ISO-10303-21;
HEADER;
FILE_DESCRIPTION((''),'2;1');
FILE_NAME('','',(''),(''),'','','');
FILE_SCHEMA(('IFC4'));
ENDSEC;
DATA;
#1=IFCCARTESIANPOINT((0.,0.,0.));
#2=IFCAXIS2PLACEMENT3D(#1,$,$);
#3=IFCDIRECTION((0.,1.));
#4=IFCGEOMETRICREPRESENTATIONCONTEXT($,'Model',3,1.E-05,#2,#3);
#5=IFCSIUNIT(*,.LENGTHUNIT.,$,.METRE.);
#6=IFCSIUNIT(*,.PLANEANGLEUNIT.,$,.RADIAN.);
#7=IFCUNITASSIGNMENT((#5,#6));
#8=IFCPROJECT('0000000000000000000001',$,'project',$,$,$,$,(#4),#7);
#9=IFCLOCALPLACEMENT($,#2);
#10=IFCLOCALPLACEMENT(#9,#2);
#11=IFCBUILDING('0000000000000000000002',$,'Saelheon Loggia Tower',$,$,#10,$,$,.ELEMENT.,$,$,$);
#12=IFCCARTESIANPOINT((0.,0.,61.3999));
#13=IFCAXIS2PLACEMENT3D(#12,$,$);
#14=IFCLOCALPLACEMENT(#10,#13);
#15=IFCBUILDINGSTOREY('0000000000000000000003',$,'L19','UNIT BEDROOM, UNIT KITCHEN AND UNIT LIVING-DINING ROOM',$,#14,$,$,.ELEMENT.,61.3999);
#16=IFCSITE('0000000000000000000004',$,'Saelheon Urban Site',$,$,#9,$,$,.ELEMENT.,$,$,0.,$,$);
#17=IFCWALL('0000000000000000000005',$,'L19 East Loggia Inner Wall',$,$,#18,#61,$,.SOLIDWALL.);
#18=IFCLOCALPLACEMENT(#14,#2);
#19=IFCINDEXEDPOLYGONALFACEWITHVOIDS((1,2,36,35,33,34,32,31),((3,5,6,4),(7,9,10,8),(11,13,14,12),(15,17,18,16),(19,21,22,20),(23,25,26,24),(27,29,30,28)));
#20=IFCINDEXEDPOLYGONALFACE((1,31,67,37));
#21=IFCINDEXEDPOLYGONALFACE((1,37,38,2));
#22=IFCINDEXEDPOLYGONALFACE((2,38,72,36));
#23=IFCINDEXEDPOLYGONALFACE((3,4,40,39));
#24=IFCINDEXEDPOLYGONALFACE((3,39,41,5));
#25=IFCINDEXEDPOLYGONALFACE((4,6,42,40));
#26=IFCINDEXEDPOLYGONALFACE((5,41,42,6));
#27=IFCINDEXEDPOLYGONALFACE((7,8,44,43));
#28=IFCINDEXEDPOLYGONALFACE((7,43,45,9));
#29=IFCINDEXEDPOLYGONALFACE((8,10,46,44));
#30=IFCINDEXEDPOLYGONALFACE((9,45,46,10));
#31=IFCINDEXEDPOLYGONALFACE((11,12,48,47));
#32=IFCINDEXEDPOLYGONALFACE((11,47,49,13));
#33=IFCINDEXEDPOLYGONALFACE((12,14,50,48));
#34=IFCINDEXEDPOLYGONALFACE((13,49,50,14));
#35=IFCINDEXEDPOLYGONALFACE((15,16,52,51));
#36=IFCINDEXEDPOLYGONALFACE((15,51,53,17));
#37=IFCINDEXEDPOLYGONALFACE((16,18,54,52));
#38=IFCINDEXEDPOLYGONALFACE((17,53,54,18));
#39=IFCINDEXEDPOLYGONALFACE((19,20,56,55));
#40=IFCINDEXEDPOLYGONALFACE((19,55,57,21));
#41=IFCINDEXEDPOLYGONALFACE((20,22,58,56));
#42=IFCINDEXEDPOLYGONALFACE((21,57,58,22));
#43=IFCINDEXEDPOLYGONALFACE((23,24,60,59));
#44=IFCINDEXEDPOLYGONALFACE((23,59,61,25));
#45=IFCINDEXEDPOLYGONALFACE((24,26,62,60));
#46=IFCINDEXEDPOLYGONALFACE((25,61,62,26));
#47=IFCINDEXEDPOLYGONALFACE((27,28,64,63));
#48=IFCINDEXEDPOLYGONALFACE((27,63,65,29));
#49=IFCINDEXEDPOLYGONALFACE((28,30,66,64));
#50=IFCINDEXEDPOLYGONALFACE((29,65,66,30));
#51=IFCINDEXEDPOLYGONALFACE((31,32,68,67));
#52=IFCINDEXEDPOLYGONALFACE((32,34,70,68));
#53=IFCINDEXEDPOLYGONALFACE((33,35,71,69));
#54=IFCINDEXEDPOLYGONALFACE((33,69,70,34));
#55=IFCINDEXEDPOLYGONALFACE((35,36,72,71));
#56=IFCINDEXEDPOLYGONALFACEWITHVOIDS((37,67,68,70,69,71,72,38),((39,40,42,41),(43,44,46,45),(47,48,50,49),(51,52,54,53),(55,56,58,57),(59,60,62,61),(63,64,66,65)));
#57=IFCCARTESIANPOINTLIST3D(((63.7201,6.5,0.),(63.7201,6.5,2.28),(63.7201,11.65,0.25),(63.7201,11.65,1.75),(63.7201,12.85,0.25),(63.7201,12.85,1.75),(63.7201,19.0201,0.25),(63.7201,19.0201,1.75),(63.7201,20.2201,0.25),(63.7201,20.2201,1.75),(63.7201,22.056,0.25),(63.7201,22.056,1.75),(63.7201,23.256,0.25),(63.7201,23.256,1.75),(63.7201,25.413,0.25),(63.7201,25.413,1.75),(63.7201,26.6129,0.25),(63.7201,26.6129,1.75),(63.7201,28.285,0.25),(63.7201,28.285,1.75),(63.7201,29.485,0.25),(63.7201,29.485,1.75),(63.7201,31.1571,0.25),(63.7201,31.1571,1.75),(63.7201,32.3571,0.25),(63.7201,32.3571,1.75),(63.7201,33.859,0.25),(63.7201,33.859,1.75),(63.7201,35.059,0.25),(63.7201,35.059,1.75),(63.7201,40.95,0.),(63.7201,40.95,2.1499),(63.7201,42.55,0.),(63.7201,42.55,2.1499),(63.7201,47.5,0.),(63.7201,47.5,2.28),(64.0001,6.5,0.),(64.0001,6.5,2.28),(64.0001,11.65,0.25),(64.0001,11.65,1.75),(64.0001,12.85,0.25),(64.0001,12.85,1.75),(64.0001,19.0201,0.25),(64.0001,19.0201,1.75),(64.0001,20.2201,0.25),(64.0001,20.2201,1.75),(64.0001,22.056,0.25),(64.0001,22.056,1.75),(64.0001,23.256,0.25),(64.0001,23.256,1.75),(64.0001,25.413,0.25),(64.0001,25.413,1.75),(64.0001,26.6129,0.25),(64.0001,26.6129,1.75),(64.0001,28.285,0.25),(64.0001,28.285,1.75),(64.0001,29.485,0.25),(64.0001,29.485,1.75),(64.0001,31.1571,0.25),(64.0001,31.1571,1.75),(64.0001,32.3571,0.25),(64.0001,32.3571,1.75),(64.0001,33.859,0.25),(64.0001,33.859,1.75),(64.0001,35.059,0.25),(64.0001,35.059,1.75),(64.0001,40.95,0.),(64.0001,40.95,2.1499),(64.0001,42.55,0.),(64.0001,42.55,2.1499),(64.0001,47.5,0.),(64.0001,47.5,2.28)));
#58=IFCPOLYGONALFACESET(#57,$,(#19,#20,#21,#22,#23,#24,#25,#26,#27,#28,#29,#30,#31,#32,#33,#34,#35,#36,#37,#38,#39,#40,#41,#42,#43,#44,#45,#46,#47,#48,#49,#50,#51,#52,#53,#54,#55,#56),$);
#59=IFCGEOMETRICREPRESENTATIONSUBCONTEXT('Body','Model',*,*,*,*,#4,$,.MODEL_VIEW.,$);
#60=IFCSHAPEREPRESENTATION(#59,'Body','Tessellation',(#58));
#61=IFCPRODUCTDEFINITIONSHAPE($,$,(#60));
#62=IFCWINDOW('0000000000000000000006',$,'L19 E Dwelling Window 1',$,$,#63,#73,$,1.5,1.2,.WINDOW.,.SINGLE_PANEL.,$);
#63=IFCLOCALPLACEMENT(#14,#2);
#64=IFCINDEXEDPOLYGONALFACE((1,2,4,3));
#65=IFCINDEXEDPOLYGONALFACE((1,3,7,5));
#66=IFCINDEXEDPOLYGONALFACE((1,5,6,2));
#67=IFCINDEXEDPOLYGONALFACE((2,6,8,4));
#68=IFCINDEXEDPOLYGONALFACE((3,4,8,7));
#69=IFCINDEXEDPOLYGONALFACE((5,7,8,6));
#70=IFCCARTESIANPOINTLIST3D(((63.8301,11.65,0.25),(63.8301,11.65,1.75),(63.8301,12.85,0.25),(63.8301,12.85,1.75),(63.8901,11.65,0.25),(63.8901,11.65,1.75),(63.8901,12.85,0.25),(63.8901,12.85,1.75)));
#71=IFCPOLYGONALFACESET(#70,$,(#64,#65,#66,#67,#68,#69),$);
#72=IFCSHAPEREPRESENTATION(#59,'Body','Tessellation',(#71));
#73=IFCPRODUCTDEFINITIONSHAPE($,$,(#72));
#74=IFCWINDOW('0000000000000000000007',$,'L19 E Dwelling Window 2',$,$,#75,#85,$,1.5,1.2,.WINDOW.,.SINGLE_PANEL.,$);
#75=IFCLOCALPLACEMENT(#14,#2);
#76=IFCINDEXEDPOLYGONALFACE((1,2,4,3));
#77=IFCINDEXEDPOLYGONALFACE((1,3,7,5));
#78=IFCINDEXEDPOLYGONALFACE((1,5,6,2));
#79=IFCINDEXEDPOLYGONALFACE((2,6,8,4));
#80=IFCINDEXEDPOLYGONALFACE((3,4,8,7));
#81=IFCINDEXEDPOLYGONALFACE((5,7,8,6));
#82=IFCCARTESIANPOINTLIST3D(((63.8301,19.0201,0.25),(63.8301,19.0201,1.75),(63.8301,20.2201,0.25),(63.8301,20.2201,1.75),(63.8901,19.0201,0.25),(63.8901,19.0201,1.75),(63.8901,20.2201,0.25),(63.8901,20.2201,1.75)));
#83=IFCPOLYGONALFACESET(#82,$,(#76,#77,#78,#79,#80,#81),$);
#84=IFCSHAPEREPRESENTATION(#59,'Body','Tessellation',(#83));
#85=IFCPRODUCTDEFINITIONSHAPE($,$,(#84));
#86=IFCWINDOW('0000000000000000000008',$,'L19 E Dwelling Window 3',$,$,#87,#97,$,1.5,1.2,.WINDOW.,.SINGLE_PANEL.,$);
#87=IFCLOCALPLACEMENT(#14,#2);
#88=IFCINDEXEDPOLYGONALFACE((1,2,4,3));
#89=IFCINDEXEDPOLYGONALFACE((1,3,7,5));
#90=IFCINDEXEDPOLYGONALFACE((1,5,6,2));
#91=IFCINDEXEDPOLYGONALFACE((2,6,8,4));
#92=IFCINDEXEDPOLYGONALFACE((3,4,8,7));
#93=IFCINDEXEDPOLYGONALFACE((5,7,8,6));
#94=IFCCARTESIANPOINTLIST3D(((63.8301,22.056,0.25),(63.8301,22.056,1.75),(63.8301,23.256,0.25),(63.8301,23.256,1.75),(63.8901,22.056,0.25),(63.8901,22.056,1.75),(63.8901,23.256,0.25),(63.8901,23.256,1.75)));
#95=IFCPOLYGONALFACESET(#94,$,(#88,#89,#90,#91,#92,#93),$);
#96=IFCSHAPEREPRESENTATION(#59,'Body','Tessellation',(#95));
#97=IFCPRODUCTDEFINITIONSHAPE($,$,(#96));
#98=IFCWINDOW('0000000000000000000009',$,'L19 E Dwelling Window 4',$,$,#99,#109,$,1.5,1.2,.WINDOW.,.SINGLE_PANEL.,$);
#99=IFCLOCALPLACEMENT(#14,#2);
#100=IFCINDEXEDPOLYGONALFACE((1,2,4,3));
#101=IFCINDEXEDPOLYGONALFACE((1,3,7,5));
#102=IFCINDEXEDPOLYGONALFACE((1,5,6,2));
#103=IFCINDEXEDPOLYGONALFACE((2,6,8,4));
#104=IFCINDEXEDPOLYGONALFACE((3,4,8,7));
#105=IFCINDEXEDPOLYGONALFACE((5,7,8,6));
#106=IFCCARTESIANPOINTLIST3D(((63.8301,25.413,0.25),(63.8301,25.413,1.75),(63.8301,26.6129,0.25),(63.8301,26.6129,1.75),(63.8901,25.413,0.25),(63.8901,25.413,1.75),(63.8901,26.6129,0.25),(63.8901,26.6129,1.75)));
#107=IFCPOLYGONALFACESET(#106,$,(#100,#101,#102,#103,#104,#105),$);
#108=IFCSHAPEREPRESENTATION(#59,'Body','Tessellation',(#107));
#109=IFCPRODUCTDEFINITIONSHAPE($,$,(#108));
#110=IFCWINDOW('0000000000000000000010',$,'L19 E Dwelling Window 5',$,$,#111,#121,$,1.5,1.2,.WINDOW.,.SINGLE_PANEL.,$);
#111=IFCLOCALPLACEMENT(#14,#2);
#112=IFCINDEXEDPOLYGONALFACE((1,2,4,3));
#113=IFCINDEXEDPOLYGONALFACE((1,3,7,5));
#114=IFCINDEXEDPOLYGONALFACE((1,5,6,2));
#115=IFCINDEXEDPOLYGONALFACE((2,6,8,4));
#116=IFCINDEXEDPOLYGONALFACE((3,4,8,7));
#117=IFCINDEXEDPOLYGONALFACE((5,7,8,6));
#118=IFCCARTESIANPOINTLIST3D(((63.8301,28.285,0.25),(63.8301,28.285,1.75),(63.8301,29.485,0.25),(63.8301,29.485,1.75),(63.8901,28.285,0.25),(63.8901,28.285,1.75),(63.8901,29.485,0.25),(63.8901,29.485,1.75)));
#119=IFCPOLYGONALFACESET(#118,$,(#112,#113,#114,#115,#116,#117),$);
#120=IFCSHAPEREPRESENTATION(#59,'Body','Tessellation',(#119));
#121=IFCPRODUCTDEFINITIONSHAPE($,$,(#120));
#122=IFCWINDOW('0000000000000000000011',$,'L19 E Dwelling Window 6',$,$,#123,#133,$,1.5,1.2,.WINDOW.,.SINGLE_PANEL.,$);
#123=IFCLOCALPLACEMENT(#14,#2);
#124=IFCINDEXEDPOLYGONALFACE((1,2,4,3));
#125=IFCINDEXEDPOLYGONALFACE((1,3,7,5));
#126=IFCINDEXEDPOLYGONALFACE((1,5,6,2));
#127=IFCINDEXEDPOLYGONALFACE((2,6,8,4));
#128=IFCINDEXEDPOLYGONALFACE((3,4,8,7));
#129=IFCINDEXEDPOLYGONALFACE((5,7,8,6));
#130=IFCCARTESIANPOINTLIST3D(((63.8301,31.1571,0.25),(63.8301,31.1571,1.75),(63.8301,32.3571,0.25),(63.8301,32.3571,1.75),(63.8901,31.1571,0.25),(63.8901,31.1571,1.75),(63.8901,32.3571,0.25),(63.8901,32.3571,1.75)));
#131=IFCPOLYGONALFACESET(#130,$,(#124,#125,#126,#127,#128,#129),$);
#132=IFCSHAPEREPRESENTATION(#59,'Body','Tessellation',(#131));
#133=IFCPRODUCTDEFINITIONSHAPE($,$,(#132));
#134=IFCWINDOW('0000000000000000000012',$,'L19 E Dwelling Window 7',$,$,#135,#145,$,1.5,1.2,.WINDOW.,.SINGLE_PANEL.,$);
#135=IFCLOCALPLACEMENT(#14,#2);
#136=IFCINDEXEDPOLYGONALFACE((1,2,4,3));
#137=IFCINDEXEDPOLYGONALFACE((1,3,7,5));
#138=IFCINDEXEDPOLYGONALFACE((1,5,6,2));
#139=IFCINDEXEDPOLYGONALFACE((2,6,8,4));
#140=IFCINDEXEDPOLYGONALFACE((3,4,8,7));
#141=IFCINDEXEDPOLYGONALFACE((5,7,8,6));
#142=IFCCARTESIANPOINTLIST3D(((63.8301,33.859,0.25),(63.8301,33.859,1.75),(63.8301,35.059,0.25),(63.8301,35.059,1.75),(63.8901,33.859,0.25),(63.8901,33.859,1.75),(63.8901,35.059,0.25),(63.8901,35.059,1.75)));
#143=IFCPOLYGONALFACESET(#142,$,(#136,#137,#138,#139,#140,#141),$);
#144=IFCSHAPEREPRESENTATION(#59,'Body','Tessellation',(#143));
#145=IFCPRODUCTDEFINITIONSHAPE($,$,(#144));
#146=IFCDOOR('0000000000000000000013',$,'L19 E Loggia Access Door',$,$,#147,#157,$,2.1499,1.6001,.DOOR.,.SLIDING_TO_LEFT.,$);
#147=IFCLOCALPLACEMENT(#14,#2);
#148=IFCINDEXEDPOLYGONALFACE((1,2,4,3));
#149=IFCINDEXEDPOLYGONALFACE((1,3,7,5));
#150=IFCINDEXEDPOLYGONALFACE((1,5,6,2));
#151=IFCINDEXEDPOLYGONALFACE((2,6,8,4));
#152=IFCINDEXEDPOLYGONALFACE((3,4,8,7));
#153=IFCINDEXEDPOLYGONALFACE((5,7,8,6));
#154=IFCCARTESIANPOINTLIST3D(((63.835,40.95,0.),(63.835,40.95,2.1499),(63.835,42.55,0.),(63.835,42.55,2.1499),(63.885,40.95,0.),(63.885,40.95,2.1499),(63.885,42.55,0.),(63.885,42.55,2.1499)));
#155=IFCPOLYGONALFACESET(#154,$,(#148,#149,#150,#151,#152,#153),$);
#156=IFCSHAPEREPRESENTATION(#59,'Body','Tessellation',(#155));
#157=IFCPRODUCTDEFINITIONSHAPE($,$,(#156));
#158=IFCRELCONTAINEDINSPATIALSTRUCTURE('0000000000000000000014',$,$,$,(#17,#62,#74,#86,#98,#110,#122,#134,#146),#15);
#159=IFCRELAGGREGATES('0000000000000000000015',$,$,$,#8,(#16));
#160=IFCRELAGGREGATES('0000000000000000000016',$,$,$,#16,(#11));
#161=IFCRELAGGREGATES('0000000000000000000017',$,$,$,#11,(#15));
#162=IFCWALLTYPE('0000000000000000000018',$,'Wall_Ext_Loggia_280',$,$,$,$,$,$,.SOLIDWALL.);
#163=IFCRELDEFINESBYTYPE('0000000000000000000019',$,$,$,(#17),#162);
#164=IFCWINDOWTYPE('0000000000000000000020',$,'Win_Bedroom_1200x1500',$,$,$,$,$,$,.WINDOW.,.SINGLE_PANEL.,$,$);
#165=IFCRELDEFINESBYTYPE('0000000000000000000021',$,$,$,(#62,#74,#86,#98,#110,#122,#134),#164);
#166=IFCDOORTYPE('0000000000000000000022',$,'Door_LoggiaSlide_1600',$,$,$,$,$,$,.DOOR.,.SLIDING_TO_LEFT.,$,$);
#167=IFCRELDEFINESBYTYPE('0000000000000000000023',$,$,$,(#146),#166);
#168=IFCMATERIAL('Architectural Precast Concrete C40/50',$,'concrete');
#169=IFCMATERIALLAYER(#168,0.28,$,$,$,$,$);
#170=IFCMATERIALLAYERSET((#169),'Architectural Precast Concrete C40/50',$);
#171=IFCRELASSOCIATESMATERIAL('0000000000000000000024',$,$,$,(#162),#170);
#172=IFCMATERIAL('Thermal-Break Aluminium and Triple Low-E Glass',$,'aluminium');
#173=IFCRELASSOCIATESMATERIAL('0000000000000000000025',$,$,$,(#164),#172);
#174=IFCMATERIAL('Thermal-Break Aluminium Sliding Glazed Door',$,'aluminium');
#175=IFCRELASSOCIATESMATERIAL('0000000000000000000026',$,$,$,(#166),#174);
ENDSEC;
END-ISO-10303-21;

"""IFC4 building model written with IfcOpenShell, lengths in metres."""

from ifc_helpers import new_model, si_unit, direction, frame, frame_2d, origin, place, context, subcontext, project, spatial, rectangle, extrude, source, transform, mapped, material, layer, layer_set, type_object, element, fill, save


model = new_model("IFC4")

# Units and contexts
model_context = context("Model", 3, precision=1e-05, world=origin(), true_north=direction((0.0, 1.0)))
body_context = subcontext(model_context, "Body", "Model", "MODEL_VIEW")
ifc_project = project(units=[si_unit("LENGTHUNIT", "METRE"), si_unit("PLANEANGLEUNIT", "RADIAN")], contexts=[model_context])

# Site, building, storey
site_placement = place(None, origin())
site = spatial("IfcSite", under=ifc_project, at=site_placement, Name="Saelheon Urban Site", CompositionType="ELEMENT", RefElevation=0.0)
building_placement = place(site_placement, origin())
building = spatial("IfcBuilding", under=site, at=building_placement, Name="Saelheon Loggia Tower", CompositionType="ELEMENT")
storey_placement = place(building_placement, frame((0.0, 0.0, 61.3999)))
storey = spatial("IfcBuildingStorey", under=building, at=storey_placement, Name="L19", Description="UNIT BEDROOM, UNIT KITCHEN AND UNIT LIVING-DINING ROOM", CompositionType="ELEMENT", Elevation=61.3999)

# Shared definitions
ifc_material_1 = material(Name="Thermal-Break Aluminium and Triple Low-E Glass", Category="aluminium")

# Wall, openings, windows, door
ifc_material_2 = material(Name="Architectural Precast Concrete C40/50", Category="concrete")
ifc_layer_1 = layer(ifc_material_2, 0.28)
ifc_layer_set_1 = layer_set([ifc_layer_1], Name="Architectural Precast Concrete C40/50")
wall_type_1 = type_object("IfcWallType", Name="Wall_Ext_Loggia_280", PredefinedType="SOLIDWALL", material=ifc_layer_set_1)
wall_1_placement = place(storey_placement, frame((63.8601, 6.5, 0.0), z_axis=(0.0, 0.0, 1.0), x_axis=(0.0, 1.0, 0.0)))
wall_1 = element("IfcWall", 1, at=wall_1_placement, inside=storey, type_object=wall_type_1, Name="L19 East Loggia Inner Wall", PredefinedType="SOLIDWALL", context=body_context, shape_type="SweptSolid", body=[
    extrude(rectangle(XDim=41.0, YDim=0.28, at=frame_2d((20.5, 0.0))), origin(), (0.0, 0.0, 1.0), 2.28),
])
opening_1_placement = place(wall_1_placement, frame((5.1499, 0.0, 0.25)))
opening_1 = element("IfcOpeningElement", 2, at=opening_1_placement, cuts=wall_1, PredefinedType="OPENING", context=body_context, shape_type="SweptSolid", body=[
    extrude(rectangle(XDim=1.2, YDim=1.5, at=frame_2d((0.6001, 0.75))), frame((0.0, 0.1521, 0.0), z_axis=(0.0, -1.0, 0.0), x_axis=(1.0, 0.0, 0.0)), (0.0, 0.0, 1.0), 0.304),
])
opening_2_placement = place(wall_1_placement, frame((12.52, 0.0, 0.25)))
opening_2 = element("IfcOpeningElement", 3, at=opening_2_placement, cuts=wall_1, PredefinedType="OPENING", context=body_context, shape_type="SweptSolid", body=[
    extrude(rectangle(XDim=1.2, YDim=1.5, at=frame_2d((0.6001, 0.75))), frame((0.0, 0.1521, 0.0), z_axis=(0.0, -1.0, 0.0), x_axis=(1.0, 0.0, 0.0)), (0.0, 0.0, 1.0), 0.304),
])
opening_3_placement = place(wall_1_placement, frame((15.5559, 0.0, 0.25)))
opening_3 = element("IfcOpeningElement", 4, at=opening_3_placement, cuts=wall_1, PredefinedType="OPENING", context=body_context, shape_type="SweptSolid", body=[
    extrude(rectangle(XDim=1.2, YDim=1.5, at=frame_2d((0.6001, 0.75))), frame((0.0, 0.1521, 0.0), z_axis=(0.0, -1.0, 0.0), x_axis=(1.0, 0.0, 0.0)), (0.0, 0.0, 1.0), 0.304),
])
opening_4_placement = place(wall_1_placement, frame((18.9128, 0.0, 0.25)))
opening_4 = element("IfcOpeningElement", 5, at=opening_4_placement, cuts=wall_1, PredefinedType="OPENING", context=body_context, shape_type="SweptSolid", body=[
    extrude(rectangle(XDim=1.2, YDim=1.5, at=frame_2d((0.6001, 0.75))), frame((0.0, 0.1521, 0.0), z_axis=(0.0, -1.0, 0.0), x_axis=(1.0, 0.0, 0.0)), (0.0, 0.0, 1.0), 0.304),
])
opening_5_placement = place(wall_1_placement, frame((21.7849, 0.0, 0.25)))
opening_5 = element("IfcOpeningElement", 6, at=opening_5_placement, cuts=wall_1, PredefinedType="OPENING", context=body_context, shape_type="SweptSolid", body=[
    extrude(rectangle(XDim=1.2, YDim=1.5, at=frame_2d((0.6001, 0.75))), frame((0.0, 0.1521, 0.0), z_axis=(0.0, -1.0, 0.0), x_axis=(1.0, 0.0, 0.0)), (0.0, 0.0, 1.0), 0.304),
])
opening_6_placement = place(wall_1_placement, frame((24.657, 0.0, 0.25)))
opening_6 = element("IfcOpeningElement", 7, at=opening_6_placement, cuts=wall_1, PredefinedType="OPENING", context=body_context, shape_type="SweptSolid", body=[
    extrude(rectangle(XDim=1.2, YDim=1.5, at=frame_2d((0.6001, 0.75))), frame((0.0, 0.1521, 0.0), z_axis=(0.0, -1.0, 0.0), x_axis=(1.0, 0.0, 0.0)), (0.0, 0.0, 1.0), 0.304),
])
opening_7_placement = place(wall_1_placement, frame((27.3589, 0.0, 0.25)))
opening_7 = element("IfcOpeningElement", 8, at=opening_7_placement, cuts=wall_1, PredefinedType="OPENING", context=body_context, shape_type="SweptSolid", body=[
    extrude(rectangle(XDim=1.2, YDim=1.5, at=frame_2d((0.6001, 0.75))), frame((0.0, 0.1521, 0.0), z_axis=(0.0, -1.0, 0.0), x_axis=(1.0, 0.0, 0.0)), (0.0, 0.0, 1.0), 0.304),
])
opening_8_placement = place(wall_1_placement, frame((36.05, 0.0, 0.0), z_axis=(0.0, 0.0, 1.0), x_axis=(-1.0, 0.0, 0.0)))
opening_8 = element("IfcOpeningElement", 9, at=opening_8_placement, cuts=wall_1, PredefinedType="OPENING", context=body_context, shape_type="SweptSolid", body=[
    extrude(rectangle(XDim=1.6001, YDim=2.1499, at=frame_2d((0.8, 1.075))), frame((0.0, 0.1521, 0.0), z_axis=(0.0, -1.0, 0.0), x_axis=(1.0, 0.0, 0.0)), (0.0, 0.0, 1.0), 0.304),
])
window_type = type_object("IfcWindowType", Name="Win_Bedroom_1200x1500", PartitioningType="SINGLE_PANEL", PredefinedType="WINDOW", material=ifc_material_1)
shared_shape_1 = source(origin(), body_context, "Body", "SweptSolid", [
    extrude(rectangle(XDim=1.2, YDim=1.5, at=frame_2d((0.6001, 0.75))), frame((0.0, 0.03, 0.0), z_axis=(0.0, -1.0, 0.0), x_axis=(1.0, 0.0, 0.0)), (0.0, 0.0, 1.0), 0.0601),
])
window_1_placement = place(opening_1_placement, origin())
window_1 = element("IfcWindow", 10, at=window_1_placement, inside=storey, type_object=window_type, Name="L19 E Dwelling Window 1", OverallHeight=1.5, OverallWidth=1.2, PartitioningType="SINGLE_PANEL", PredefinedType="WINDOW", context=body_context, shape_type="MappedRepresentation", body=[
    mapped(shared_shape_1, transform((0.0, 0.0, 0.0), scale=1.0)),
])
fill(opening_1, window_1)
window_2_placement = place(opening_2_placement, origin())
window_2 = element("IfcWindow", 11, at=window_2_placement, inside=storey, type_object=window_type, Name="L19 E Dwelling Window 2", OverallHeight=1.5, OverallWidth=1.2, PartitioningType="SINGLE_PANEL", PredefinedType="WINDOW", context=body_context, shape_type="MappedRepresentation", body=[
    mapped(shared_shape_1, transform((0.0, 0.0, 0.0), scale=1.0)),
])
fill(opening_2, window_2)
window_3_placement = place(opening_3_placement, origin())
window_3 = element("IfcWindow", 12, at=window_3_placement, inside=storey, type_object=window_type, Name="L19 E Dwelling Window 3", OverallHeight=1.5, OverallWidth=1.2, PartitioningType="SINGLE_PANEL", PredefinedType="WINDOW", context=body_context, shape_type="MappedRepresentation", body=[
    mapped(shared_shape_1, transform((0.0, 0.0, 0.0), scale=1.0)),
])
fill(opening_3, window_3)
window_4_placement = place(opening_4_placement, origin())
window_4 = element("IfcWindow", 13, at=window_4_placement, inside=storey, type_object=window_type, Name="L19 E Dwelling Window 4", OverallHeight=1.5, OverallWidth=1.2, PartitioningType="SINGLE_PANEL", PredefinedType="WINDOW", context=body_context, shape_type="MappedRepresentation", body=[
    mapped(shared_shape_1, transform((0.0, 0.0, 0.0), scale=1.0)),
])
fill(opening_4, window_4)
window_5_placement = place(opening_5_placement, origin())
window_5 = element("IfcWindow", 14, at=window_5_placement, inside=storey, type_object=window_type, Name="L19 E Dwelling Window 5", OverallHeight=1.5, OverallWidth=1.2, PartitioningType="SINGLE_PANEL", PredefinedType="WINDOW", context=body_context, shape_type="MappedRepresentation", body=[
    mapped(shared_shape_1, transform((0.0, 0.0, 0.0), scale=1.0)),
])
fill(opening_5, window_5)
window_6_placement = place(opening_6_placement, origin())
window_6 = element("IfcWindow", 15, at=window_6_placement, inside=storey, type_object=window_type, Name="L19 E Dwelling Window 6", OverallHeight=1.5, OverallWidth=1.2, PartitioningType="SINGLE_PANEL", PredefinedType="WINDOW", context=body_context, shape_type="MappedRepresentation", body=[
    mapped(shared_shape_1, transform((0.0, 0.0, 0.0), scale=1.0)),
])
fill(opening_6, window_6)
window_7_placement = place(opening_7_placement, origin())
window_7 = element("IfcWindow", 16, at=window_7_placement, inside=storey, type_object=window_type, Name="L19 E Dwelling Window 7", OverallHeight=1.5, OverallWidth=1.2, PartitioningType="SINGLE_PANEL", PredefinedType="WINDOW", context=body_context, shape_type="MappedRepresentation", body=[
    mapped(shared_shape_1, transform((0.0, 0.0, 0.0), scale=1.0)),
])
fill(opening_7, window_7)
ifc_material_3 = material(Name="Thermal-Break Aluminium Sliding Glazed Door", Category="aluminium")
door_type_1 = type_object("IfcDoorType", Name="Door_LoggiaSlide_1600", OperationType="SLIDING_TO_LEFT", PredefinedType="DOOR", material=ifc_material_3)
shared_shape_2 = source(origin(), body_context, "Body", "SweptSolid", [
    extrude(rectangle(XDim=1.6001, YDim=2.1499, at=frame_2d((0.8, 1.075))), frame((0.0, 0.0249, 0.0), z_axis=(0.0, -1.0, 0.0), x_axis=(1.0, 0.0, 0.0)), (0.0, 0.0, 1.0), 0.05),
])
door_1_placement = place(opening_8_placement, origin())
door_1 = element("IfcDoor", 17, at=door_1_placement, inside=storey, type_object=door_type_1, Name="L19 E Loggia Access Door", OperationType="SLIDING_TO_LEFT", OverallHeight=2.1499, OverallWidth=1.6001, PredefinedType="DOOR", context=body_context, shape_type="MappedRepresentation", body=[
    mapped(shared_shape_2, transform((0.0, 0.0, 0.0), scale=1.0)),
])
fill(opening_8, door_1)

save(model, "model.ifc")
